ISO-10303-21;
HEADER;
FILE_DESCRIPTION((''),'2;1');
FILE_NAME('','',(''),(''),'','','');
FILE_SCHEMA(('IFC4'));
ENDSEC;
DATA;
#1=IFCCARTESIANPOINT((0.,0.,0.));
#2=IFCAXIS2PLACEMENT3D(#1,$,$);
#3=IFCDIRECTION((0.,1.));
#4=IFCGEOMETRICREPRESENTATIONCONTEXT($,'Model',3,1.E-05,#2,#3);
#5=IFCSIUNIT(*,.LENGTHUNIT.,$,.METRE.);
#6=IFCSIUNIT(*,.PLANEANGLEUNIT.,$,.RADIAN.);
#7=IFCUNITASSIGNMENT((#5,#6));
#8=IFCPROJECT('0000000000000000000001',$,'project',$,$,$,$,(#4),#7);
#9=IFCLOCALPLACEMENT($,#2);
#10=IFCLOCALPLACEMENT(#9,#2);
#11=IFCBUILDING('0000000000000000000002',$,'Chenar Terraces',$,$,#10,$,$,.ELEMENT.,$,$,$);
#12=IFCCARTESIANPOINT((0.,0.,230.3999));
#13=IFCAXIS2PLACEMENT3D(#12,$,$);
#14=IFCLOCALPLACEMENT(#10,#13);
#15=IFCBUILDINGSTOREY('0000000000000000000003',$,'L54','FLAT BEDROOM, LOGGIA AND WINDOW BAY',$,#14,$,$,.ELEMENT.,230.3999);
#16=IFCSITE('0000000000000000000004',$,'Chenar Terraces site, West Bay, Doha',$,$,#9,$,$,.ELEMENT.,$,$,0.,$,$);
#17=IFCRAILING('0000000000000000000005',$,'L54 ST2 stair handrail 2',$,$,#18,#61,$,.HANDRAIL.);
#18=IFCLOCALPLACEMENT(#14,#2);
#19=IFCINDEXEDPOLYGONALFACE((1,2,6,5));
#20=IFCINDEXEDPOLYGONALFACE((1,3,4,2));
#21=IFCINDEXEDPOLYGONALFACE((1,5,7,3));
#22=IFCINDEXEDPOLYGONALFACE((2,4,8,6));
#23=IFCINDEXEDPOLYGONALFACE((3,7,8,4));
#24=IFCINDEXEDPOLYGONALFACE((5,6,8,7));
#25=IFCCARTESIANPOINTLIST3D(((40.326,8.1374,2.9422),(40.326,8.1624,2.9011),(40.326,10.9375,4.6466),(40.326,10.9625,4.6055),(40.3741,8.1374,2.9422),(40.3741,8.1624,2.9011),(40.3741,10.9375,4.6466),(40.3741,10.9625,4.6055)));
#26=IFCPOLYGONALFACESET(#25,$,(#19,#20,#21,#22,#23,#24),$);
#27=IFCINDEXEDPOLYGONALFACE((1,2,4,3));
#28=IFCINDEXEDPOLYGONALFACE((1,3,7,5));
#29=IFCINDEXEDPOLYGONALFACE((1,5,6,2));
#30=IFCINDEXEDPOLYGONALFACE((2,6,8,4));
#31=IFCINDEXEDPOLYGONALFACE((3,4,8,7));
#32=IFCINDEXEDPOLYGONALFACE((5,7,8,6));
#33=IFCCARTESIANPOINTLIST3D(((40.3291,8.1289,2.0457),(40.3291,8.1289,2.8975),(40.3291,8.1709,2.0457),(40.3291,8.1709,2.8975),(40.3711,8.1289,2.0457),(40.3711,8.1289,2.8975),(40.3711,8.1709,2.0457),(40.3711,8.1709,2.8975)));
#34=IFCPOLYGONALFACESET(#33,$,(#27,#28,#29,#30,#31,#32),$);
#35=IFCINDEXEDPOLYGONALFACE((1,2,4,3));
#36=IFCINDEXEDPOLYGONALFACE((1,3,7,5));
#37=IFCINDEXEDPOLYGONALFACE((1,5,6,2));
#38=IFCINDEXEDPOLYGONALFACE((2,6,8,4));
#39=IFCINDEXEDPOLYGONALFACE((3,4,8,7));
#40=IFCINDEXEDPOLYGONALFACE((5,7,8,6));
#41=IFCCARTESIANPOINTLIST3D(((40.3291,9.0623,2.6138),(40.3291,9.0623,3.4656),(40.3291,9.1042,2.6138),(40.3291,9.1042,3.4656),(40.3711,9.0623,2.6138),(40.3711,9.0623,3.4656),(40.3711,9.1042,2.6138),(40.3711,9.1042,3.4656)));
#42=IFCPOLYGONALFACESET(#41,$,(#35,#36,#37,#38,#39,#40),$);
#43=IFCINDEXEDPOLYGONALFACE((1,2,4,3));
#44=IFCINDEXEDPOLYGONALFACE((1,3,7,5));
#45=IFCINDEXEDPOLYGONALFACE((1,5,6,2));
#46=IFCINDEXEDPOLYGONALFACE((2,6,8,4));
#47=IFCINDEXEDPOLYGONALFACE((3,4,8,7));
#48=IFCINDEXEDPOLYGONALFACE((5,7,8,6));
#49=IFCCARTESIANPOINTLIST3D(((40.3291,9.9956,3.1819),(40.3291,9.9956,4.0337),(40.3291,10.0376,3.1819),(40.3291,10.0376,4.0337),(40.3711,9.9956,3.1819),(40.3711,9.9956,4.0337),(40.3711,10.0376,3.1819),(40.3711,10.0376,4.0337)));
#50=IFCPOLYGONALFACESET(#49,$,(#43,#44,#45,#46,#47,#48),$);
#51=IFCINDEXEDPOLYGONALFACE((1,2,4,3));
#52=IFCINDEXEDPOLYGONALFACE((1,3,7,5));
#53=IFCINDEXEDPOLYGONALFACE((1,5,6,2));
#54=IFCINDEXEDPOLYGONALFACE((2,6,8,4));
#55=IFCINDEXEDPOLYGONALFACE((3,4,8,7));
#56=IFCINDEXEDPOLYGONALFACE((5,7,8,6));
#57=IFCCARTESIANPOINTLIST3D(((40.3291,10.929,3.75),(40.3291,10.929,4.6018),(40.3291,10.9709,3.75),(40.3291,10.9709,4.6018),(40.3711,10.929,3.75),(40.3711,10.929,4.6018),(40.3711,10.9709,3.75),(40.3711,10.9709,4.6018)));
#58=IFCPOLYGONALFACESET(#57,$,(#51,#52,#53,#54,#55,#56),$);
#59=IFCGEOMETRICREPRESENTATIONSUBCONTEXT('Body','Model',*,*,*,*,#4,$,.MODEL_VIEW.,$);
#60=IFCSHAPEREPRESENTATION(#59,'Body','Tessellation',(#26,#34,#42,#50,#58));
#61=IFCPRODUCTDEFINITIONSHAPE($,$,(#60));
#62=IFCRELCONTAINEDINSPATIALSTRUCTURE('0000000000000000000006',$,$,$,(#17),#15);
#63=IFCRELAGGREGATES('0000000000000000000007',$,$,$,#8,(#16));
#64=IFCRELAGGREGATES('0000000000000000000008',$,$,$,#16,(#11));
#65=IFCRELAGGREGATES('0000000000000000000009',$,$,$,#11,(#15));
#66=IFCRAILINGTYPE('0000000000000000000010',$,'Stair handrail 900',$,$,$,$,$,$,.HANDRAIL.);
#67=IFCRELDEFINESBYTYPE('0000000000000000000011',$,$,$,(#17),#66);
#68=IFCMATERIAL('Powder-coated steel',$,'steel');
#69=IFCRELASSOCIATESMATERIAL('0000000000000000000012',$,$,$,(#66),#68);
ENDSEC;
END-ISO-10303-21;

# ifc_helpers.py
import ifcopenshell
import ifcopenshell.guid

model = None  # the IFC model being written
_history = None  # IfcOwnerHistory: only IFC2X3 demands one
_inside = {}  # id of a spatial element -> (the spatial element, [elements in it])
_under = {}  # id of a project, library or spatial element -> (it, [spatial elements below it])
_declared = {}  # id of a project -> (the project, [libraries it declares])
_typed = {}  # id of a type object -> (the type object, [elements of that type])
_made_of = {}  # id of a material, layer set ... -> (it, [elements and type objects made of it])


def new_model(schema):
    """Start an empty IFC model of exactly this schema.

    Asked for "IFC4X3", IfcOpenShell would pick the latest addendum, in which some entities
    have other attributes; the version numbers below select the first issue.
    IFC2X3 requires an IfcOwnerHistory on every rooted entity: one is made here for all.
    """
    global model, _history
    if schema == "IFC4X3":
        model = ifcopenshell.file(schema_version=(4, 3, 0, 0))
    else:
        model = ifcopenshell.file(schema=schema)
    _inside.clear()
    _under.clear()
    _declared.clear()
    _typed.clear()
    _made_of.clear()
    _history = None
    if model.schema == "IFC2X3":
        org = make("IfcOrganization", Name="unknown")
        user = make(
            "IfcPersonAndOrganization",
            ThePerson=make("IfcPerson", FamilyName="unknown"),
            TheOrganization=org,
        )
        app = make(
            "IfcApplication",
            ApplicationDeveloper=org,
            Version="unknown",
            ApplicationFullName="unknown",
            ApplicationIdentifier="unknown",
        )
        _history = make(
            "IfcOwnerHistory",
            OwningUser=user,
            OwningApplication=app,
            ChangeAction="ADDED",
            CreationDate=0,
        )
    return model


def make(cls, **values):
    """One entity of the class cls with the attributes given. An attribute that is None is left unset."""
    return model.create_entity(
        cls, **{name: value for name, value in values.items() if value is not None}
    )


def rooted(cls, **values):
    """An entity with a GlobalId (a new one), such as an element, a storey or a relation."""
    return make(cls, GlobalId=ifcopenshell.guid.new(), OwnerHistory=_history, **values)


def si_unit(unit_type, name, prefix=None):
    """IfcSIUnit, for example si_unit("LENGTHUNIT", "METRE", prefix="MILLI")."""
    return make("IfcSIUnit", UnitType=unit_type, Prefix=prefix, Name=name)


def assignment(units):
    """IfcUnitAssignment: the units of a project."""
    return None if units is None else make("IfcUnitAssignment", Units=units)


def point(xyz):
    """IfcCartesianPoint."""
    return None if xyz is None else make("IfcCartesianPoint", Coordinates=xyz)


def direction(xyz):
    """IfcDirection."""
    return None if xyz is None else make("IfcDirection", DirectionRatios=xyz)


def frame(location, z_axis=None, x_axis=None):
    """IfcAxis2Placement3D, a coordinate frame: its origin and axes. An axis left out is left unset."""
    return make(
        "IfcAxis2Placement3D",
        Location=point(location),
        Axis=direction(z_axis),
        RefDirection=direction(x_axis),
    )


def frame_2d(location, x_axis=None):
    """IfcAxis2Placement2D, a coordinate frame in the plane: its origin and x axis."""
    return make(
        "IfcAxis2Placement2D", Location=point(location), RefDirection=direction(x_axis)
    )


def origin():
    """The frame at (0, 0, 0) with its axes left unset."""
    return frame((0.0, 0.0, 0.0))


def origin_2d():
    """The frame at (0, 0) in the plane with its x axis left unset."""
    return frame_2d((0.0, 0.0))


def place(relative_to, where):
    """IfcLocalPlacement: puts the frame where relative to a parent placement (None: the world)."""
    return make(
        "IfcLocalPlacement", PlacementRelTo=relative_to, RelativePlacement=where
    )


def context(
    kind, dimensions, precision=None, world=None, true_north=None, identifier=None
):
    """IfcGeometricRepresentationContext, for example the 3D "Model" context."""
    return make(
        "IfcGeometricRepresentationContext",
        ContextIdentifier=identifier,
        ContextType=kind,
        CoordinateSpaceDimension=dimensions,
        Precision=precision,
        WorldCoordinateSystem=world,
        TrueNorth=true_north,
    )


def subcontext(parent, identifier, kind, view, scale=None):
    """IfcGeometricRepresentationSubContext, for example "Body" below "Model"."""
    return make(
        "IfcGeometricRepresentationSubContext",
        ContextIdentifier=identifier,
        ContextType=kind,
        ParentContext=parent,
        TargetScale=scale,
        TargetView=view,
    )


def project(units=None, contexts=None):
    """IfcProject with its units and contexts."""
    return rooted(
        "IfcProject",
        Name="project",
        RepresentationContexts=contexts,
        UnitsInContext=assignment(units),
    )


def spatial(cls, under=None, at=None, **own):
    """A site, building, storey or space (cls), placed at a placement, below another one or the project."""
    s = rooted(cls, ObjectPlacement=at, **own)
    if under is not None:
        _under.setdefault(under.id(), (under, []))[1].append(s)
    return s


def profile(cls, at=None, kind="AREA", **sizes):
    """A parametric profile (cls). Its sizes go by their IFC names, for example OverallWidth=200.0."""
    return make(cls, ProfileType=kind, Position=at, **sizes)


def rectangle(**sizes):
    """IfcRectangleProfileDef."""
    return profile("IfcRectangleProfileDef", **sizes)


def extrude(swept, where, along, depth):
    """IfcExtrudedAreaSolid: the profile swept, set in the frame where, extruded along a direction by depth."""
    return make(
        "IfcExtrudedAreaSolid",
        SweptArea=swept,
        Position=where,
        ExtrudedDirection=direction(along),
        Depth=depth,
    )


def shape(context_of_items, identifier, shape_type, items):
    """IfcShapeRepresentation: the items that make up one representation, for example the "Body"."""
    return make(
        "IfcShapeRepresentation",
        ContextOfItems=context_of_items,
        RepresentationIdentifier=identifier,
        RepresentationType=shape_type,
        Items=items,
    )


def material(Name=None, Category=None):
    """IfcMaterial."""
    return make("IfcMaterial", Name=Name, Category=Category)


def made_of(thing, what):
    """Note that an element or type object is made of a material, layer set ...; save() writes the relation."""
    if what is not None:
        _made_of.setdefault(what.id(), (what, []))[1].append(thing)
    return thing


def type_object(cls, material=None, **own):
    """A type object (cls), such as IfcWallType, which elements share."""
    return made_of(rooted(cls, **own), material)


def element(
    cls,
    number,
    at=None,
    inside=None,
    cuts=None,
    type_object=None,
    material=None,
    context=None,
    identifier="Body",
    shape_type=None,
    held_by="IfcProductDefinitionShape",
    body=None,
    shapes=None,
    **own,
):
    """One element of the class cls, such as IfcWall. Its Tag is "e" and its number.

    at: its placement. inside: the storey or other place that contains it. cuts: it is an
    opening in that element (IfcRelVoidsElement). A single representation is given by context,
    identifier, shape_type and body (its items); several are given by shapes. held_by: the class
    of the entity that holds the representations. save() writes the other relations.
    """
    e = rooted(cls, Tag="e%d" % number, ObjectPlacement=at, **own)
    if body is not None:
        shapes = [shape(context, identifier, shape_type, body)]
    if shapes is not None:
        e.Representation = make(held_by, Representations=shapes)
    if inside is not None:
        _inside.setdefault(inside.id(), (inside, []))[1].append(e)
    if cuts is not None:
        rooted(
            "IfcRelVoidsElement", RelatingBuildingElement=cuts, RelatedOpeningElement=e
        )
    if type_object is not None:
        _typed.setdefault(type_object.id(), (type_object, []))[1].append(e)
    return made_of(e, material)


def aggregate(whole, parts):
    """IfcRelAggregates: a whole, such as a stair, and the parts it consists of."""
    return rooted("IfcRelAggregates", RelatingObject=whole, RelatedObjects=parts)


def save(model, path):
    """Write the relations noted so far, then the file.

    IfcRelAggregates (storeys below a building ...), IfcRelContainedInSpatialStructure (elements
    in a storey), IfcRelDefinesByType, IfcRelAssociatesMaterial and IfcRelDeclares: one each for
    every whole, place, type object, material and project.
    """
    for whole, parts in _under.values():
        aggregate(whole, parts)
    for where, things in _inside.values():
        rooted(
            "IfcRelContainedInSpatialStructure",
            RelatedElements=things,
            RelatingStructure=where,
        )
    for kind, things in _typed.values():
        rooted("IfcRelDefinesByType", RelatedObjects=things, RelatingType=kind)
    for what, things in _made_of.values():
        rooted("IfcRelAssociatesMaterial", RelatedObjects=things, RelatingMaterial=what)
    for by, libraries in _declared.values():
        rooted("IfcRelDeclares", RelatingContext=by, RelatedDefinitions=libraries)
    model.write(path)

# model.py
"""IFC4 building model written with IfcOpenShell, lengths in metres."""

from ifc_helpers import new_model, si_unit, direction, frame, origin, origin_2d, place, context, subcontext, project, spatial, rectangle, extrude, material, type_object, element, save


model = new_model("IFC4")

# Units and contexts
model_context = context("Model", 3, precision=1e-05, world=origin(), true_north=direction((0.0, 1.0)))
body_context = subcontext(model_context, "Body", "Model", "MODEL_VIEW")
ifc_project = project(units=[si_unit("LENGTHUNIT", "METRE"), si_unit("PLANEANGLEUNIT", "RADIAN")], contexts=[model_context])

# Site, building, storey
site_placement = place(None, origin())
site = spatial("IfcSite", under=ifc_project, at=site_placement, Name="Chenar Terraces site, West Bay, Doha", CompositionType="ELEMENT", RefElevation=0.0)
building_placement = place(site_placement, origin())
building = spatial("IfcBuilding", under=site, at=building_placement, Name="Chenar Terraces", CompositionType="ELEMENT")
storey_placement = place(building_placement, frame((0.0, 0.0, 230.3999)))
storey = spatial("IfcBuildingStorey", under=building, at=storey_placement, Name="L54", Description="FLAT BEDROOM, LOGGIA AND WINDOW BAY", CompositionType="ELEMENT", Elevation=230.3999)

# Railing
ifc_material_1 = material(Name="Powder-coated steel", Category="steel")
railing_type_1 = type_object("IfcRailingType", Name="Stair handrail 900", PredefinedType="HANDRAIL", material=ifc_material_1)
railing_1_placement = place(storey_placement, frame((40.3501, 8.1499, 2.0457)))
element("IfcRailing", 1, at=railing_1_placement, inside=storey, type_object=railing_type_1, Name="L54 ST2 stair handrail 2", PredefinedType="HANDRAIL", context=body_context, shape_type="SweptSolid", body=[
    extrude(rectangle(XDim=0.0481, YDim=0.0481, at=origin_2d()), frame((0.0, 0.0, 0.876), z_axis=(0.0, 0.854203, 0.51994), x_axis=(-1.0, 0.0, 0.0)), (0.0, 0.0, 1.0), 3.2781),
    extrude(rectangle(XDim=0.042, YDim=0.042, at=origin_2d()), origin(), (0.0, 0.0, 1.0), 0.8518),
    extrude(rectangle(XDim=0.042, YDim=0.042, at=origin_2d()), frame((0.0, 0.9333, 0.5681)), (0.0, 0.0, 1.0), 0.8518),
    extrude(rectangle(XDim=0.042, YDim=0.042, at=origin_2d()), frame((0.0, 1.8667, 1.1362)), (0.0, 0.0, 1.0), 0.8518),
    extrude(rectangle(XDim=0.042, YDim=0.042, at=origin_2d()), frame((0.0, 2.8, 1.7043)), (0.0, 0.0, 1.0), 0.8518),
])

save(model, "model.ifc")
